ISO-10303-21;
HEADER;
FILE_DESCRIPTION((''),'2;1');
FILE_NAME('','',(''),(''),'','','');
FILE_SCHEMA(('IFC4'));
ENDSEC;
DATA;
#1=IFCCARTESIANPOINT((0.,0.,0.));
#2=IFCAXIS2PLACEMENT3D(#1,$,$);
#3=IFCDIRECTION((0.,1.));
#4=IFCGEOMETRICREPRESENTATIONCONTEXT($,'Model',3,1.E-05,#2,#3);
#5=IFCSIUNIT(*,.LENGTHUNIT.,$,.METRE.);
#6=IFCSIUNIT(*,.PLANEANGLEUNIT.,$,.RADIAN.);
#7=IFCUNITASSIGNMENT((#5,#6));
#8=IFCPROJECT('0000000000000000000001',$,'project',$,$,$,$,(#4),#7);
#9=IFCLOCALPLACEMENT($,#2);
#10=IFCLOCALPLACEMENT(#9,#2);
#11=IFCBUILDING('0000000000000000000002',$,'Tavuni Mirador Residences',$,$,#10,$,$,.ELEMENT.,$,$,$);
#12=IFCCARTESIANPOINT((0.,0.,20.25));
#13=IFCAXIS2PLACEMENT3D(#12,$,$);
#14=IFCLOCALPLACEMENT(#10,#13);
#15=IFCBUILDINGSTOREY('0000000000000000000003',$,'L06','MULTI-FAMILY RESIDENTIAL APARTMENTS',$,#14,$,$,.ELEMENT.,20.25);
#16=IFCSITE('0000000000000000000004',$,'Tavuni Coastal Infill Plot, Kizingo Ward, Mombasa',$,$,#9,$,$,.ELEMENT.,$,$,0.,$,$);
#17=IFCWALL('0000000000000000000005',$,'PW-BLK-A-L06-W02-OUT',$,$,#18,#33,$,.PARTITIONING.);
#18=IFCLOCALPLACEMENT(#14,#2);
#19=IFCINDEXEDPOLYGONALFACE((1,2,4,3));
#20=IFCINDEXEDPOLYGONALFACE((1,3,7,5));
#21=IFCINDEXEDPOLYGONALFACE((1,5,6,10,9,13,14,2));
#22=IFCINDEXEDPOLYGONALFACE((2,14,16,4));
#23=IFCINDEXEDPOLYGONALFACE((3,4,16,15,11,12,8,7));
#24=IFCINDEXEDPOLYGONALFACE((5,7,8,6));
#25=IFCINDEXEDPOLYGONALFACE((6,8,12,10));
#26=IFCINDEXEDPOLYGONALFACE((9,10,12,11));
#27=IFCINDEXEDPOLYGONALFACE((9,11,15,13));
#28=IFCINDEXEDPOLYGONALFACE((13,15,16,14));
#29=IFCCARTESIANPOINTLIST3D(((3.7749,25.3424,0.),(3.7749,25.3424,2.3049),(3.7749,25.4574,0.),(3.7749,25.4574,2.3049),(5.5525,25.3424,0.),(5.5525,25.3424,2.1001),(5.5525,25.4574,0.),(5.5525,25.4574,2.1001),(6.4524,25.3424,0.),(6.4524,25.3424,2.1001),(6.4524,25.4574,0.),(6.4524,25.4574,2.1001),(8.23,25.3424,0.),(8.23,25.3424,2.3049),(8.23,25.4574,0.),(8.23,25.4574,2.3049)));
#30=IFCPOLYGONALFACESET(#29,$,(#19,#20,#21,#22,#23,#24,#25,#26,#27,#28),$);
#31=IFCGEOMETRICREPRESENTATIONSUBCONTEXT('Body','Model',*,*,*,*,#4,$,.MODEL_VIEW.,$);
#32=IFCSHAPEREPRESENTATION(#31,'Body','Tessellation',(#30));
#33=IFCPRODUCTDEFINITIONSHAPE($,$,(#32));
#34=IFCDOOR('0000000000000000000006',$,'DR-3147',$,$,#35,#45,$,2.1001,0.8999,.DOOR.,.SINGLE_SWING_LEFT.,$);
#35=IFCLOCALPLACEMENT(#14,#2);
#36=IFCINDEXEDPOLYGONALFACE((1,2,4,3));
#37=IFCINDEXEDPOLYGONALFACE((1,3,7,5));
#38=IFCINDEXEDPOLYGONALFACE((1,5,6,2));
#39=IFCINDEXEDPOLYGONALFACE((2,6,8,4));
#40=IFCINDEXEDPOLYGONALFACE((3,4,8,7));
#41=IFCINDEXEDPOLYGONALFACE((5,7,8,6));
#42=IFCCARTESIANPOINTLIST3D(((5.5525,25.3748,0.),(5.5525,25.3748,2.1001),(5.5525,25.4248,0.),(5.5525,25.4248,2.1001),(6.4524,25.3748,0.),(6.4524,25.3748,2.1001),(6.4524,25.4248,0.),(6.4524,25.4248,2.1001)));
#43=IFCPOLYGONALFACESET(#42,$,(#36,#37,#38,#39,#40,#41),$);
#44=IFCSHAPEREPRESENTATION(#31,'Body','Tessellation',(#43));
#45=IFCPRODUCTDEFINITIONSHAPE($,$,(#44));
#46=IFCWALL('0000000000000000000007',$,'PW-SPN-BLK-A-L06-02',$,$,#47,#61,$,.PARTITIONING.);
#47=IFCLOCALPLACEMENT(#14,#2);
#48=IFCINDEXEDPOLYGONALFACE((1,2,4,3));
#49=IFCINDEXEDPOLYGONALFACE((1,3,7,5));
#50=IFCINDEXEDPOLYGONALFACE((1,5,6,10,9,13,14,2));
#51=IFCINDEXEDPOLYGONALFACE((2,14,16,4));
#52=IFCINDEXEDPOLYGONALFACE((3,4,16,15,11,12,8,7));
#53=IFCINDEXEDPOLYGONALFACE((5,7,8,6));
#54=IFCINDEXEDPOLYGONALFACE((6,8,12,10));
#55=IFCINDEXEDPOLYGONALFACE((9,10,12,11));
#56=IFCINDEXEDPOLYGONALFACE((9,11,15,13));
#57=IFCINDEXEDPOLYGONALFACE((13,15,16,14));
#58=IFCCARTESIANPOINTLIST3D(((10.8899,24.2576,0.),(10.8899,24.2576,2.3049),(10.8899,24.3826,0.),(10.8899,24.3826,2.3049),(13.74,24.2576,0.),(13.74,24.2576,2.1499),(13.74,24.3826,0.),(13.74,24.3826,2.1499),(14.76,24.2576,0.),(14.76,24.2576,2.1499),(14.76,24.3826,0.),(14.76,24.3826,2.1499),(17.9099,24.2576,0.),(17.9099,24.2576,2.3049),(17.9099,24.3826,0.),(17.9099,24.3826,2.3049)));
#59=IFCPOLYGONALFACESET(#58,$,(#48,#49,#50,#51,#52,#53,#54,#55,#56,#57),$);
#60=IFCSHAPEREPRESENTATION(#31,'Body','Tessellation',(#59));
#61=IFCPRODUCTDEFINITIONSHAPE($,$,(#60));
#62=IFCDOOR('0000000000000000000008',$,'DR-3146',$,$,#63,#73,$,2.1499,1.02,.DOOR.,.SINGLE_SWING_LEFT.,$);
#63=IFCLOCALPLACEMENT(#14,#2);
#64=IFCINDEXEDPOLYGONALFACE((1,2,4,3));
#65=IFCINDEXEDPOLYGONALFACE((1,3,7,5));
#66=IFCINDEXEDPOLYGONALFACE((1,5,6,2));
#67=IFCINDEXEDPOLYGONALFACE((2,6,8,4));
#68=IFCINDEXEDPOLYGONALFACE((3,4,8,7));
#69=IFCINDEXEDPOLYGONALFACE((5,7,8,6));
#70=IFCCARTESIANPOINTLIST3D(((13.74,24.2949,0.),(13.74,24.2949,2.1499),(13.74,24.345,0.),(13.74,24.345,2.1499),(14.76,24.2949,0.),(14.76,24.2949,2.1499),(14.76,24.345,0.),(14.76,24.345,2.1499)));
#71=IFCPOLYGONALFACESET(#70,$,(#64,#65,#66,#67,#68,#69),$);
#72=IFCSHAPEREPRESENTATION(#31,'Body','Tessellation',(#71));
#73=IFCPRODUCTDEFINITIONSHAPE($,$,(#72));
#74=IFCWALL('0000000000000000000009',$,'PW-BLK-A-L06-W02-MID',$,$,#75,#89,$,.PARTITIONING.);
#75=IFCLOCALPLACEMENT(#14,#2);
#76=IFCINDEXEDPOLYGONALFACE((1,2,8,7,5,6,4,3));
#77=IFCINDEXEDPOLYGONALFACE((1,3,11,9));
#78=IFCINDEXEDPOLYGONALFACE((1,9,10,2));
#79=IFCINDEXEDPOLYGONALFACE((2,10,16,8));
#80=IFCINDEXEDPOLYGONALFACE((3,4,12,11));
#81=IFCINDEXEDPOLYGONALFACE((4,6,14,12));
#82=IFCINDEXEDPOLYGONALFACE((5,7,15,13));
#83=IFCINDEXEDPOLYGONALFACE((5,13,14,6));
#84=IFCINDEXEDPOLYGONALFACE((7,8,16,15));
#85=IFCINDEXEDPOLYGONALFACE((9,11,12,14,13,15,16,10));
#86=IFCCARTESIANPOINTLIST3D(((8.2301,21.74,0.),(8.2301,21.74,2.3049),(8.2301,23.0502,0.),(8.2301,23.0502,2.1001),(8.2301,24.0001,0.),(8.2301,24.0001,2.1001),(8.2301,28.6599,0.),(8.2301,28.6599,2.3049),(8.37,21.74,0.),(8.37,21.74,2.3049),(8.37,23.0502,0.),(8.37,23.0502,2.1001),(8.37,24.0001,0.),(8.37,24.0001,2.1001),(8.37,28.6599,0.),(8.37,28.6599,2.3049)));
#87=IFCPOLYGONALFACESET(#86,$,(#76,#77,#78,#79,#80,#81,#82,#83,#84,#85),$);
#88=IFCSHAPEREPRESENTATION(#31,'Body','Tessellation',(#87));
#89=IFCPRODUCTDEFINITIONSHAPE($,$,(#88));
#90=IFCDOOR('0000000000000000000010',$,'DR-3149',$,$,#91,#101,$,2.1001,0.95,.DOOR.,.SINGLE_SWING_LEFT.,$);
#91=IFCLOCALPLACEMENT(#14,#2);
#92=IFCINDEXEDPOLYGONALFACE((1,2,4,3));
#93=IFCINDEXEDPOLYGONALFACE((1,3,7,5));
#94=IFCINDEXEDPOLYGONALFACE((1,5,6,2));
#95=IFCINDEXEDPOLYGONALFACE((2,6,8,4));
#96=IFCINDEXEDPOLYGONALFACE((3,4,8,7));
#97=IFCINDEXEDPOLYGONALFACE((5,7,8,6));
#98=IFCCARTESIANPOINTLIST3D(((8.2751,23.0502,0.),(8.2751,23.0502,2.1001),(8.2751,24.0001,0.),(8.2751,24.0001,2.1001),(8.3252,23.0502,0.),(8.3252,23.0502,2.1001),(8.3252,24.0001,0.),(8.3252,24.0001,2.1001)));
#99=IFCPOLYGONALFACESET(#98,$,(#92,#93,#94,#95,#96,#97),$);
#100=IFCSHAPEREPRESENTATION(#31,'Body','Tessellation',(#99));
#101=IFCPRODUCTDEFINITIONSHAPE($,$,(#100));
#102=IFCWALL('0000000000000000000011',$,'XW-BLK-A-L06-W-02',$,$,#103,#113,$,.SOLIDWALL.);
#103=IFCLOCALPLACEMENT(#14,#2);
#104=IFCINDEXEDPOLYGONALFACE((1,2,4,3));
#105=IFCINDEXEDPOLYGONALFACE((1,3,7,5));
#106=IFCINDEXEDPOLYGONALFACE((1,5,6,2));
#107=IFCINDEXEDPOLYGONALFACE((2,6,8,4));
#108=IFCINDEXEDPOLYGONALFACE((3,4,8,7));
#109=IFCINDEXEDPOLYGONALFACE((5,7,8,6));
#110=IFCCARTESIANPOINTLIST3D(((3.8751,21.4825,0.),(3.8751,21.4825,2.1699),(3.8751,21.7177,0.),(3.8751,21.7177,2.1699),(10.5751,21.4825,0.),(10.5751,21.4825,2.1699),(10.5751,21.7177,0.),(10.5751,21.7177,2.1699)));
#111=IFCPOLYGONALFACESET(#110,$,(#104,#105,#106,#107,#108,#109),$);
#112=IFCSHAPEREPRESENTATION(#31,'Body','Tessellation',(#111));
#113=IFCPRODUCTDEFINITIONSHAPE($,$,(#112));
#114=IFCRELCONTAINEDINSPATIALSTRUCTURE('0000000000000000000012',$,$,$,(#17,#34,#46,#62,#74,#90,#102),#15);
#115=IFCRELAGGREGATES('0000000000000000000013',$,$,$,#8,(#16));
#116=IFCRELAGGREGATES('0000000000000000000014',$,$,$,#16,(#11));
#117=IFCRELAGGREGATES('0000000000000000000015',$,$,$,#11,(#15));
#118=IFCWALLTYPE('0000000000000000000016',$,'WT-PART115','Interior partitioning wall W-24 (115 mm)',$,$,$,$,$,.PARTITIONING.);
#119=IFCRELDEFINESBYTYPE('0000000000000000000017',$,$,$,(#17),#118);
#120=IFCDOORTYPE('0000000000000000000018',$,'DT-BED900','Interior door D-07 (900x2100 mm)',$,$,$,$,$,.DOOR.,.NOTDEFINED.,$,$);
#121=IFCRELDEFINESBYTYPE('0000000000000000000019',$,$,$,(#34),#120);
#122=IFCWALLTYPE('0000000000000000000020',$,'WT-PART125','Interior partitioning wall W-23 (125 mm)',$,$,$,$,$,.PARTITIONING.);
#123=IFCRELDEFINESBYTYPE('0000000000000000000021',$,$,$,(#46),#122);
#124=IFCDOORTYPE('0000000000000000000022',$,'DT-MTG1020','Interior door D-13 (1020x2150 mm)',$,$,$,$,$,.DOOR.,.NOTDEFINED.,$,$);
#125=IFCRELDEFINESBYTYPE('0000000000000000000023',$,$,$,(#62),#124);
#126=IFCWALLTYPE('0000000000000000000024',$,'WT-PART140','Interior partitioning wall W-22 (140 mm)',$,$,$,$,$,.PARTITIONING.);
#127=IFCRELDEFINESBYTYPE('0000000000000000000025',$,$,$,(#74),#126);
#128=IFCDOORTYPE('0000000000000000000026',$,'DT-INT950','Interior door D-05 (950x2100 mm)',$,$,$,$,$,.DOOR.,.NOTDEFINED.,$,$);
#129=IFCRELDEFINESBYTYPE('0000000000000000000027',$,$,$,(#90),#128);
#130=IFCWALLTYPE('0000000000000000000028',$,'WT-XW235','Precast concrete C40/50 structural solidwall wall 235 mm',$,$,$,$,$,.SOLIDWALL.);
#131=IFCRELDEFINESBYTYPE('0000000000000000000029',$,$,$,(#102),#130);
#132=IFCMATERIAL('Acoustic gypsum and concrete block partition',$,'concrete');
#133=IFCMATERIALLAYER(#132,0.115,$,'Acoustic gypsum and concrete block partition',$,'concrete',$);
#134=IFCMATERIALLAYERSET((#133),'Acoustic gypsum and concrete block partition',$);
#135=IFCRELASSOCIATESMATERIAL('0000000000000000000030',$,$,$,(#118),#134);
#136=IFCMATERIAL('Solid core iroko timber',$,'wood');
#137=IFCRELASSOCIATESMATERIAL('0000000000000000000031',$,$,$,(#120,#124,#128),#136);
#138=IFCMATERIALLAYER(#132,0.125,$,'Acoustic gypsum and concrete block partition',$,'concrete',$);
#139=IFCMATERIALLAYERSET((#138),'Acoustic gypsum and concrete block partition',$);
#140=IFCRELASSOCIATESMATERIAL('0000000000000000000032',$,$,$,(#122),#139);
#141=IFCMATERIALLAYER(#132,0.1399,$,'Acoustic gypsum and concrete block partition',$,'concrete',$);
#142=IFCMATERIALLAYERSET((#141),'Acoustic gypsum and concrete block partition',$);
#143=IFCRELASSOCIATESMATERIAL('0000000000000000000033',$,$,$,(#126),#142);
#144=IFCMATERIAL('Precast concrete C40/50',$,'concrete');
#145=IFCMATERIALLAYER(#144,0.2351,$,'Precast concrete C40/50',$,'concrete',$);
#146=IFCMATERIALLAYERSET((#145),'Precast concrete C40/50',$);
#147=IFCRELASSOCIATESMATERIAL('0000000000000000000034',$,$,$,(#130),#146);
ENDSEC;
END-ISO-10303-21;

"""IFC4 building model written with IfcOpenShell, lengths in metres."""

from ifc_helpers import new_model, si_unit, direction, frame, frame_2d, origin, place, context, subcontext, project, spatial, rectangle, extrude, material, layer, layer_set, type_object, element, fill, save


model = new_model("IFC4")

# Units and contexts
model_context = context("Model", 3, precision=1e-05, world=origin(), true_north=direction((0.0, 1.0)))
body_context = subcontext(model_context, "Body", "Model", "MODEL_VIEW")
ifc_project = project(units=[si_unit("LENGTHUNIT", "METRE"), si_unit("PLANEANGLEUNIT", "RADIAN")], contexts=[model_context])

# Site, building, storey
site_placement = place(None, origin())
site = spatial("IfcSite", under=ifc_project, at=site_placement, Name="Tavuni Coastal Infill Plot, Kizingo Ward, Mombasa", CompositionType="ELEMENT", RefElevation=0.0)
building_placement = place(site_placement, origin())
building = spatial("IfcBuilding", under=site, at=building_placement, Name="Tavuni Mirador Residences", CompositionType="ELEMENT")
storey_placement = place(building_placement, frame((0.0, 0.0, 20.25)))
storey = spatial("IfcBuildingStorey", under=building, at=storey_placement, Name="L06", Description="MULTI-FAMILY RESIDENTIAL APARTMENTS", CompositionType="ELEMENT", Elevation=20.25)

# Shared definitions
ifc_material_1 = material(Name="Precast concrete C40/50", Category="concrete")

# Shared definitions
ifc_material_2 = material(Name="Solid core iroko timber", Category="wood")

# Walls, openings, doors
ifc_material_3 = material(Name="Acoustic gypsum and concrete block partition", Category="concrete")
ifc_layer_1 = layer(ifc_material_3, 0.115, Name="Acoustic gypsum and concrete block partition", Category="concrete")
ifc_layer_set_1 = layer_set([ifc_layer_1], Name="Acoustic gypsum and concrete block partition")
wall_type_1 = type_object("IfcWallType", Name="WT-PART115", Description="Interior partitioning wall W-24 (115 mm)", PredefinedType="PARTITIONING", material=ifc_layer_set_1)
wall_1_placement = place(storey_placement, frame((3.7749, 25.3999, 0.0), z_axis=(0.0, 0.0, 1.0), x_axis=(1.0, 0.0, 0.0)))
wall_1 = element("IfcWall", 1, at=wall_1_placement, inside=storey, type_object=wall_type_1, Name="PW-BLK-A-L06-W02-OUT", PredefinedType="PARTITIONING", context=body_context, shape_type="SweptSolid", body=[
    extrude(rectangle(XDim=4.4551, YDim=0.115, at=frame_2d((2.2275, 0.0))), origin(), (0.0, 0.0, 1.0), 2.3049),
])
opening_1_placement = place(wall_1_placement, frame((1.7776, 0.0, 0.0)))
opening_1 = element("IfcOpeningElement", 2, at=opening_1_placement, cuts=wall_1, PredefinedType="OPENING", context=body_context, shape_type="SweptSolid", body=[
    extrude(rectangle(XDim=0.8999, YDim=2.1001, at=frame_2d((0.45, 1.05))), frame((0.0, 0.0674, 0.0), z_axis=(0.0, -1.0, 0.0), x_axis=(1.0, 0.0, 0.0)), (0.0, 0.0, 1.0), 0.135),
])
door_type_1 = type_object("IfcDoorType", Name="DT-BED900", Description="Interior door D-07 (900x2100 mm)", OperationType="NOTDEFINED", PredefinedType="DOOR", material=ifc_material_2)
door_1_placement = place(opening_1_placement, origin())
door_1 = element("IfcDoor", 3, at=door_1_placement, inside=storey, type_object=door_type_1, Name="DR-3147", OperationType="SINGLE_SWING_LEFT", OverallHeight=2.1001, OverallWidth=0.8999, PredefinedType="DOOR", context=body_context, shape_type="SweptSolid", body=[
    extrude(rectangle(XDim=0.8999, YDim=2.1001, at=frame_2d((0.45, 1.05))), frame((0.0, 0.0249, 0.0), z_axis=(0.0, -1.0, 0.0), x_axis=(1.0, 0.0, 0.0)), (0.0, 0.0, 1.0), 0.05),
])
fill(opening_1, door_1)
ifc_layer_2 = layer(ifc_material_3, 0.125, Name="Acoustic gypsum and concrete block partition", Category="concrete")
ifc_layer_set_2 = layer_set([ifc_layer_2], Name="Acoustic gypsum and concrete block partition")
wall_type_2 = type_object("IfcWallType", Name="WT-PART125", Description="Interior partitioning wall W-23 (125 mm)", PredefinedType="PARTITIONING", material=ifc_layer_set_2)
wall_2_placement = place(storey_placement, frame((10.8899, 24.3201, 0.0), z_axis=(0.0, 0.0, 1.0), x_axis=(1.0, 0.0, 0.0)))
wall_2 = element("IfcWall", 4, at=wall_2_placement, inside=storey, type_object=wall_type_2, Name="PW-SPN-BLK-A-L06-02", PredefinedType="PARTITIONING", context=body_context, shape_type="SweptSolid", body=[
    extrude(rectangle(XDim=7.02, YDim=0.125, at=frame_2d((3.51, 0.0))), origin(), (0.0, 0.0, 1.0), 2.3049),
])
opening_2_placement = place(wall_2_placement, frame((2.8501, 0.0, 0.0)))
opening_2 = element("IfcOpeningElement", 5, at=opening_2_placement, cuts=wall_2, PredefinedType="OPENING", context=body_context, shape_type="SweptSolid", body=[
    extrude(rectangle(XDim=1.02, YDim=2.1499, at=frame_2d((0.51, 1.075))), frame((0.0, 0.0725, 0.0), z_axis=(0.0, -1.0, 0.0), x_axis=(1.0, 0.0, 0.0)), (0.0, 0.0, 1.0), 0.145),
])
door_type_2 = type_object("IfcDoorType", Name="DT-MTG1020", Description="Interior door D-13 (1020x2150 mm)", OperationType="NOTDEFINED", PredefinedType="DOOR", material=ifc_material_2)
door_2_placement = place(opening_2_placement, origin())
door_2 = element("IfcDoor", 6, at=door_2_placement, inside=storey, type_object=door_type_2, Name="DR-3146", OperationType="SINGLE_SWING_LEFT", OverallHeight=2.1499, OverallWidth=1.02, PredefinedType="DOOR", context=body_context, shape_type="SweptSolid", body=[
    extrude(rectangle(XDim=1.02, YDim=2.1499, at=frame_2d((0.51, 1.075))), frame((0.0, 0.0249, 0.0), z_axis=(0.0, -1.0, 0.0), x_axis=(1.0, 0.0, 0.0)), (0.0, 0.0, 1.0), 0.05),
])
fill(opening_2, door_2)
ifc_layer_3 = layer(ifc_material_3, 0.1399, Name="Acoustic gypsum and concrete block partition", Category="concrete")
ifc_layer_set_3 = layer_set([ifc_layer_3], Name="Acoustic gypsum and concrete block partition")
wall_type_3 = type_object("IfcWallType", Name="WT-PART140", Description="Interior partitioning wall W-22 (140 mm)", PredefinedType="PARTITIONING", material=ifc_layer_set_3)
wall_3_placement = place(storey_placement, frame((8.3, 21.74, 0.0), z_axis=(0.0, 0.0, 1.0), x_axis=(0.0, 1.0, 0.0)))
wall_3 = element("IfcWall", 7, at=wall_3_placement, inside=storey, type_object=wall_type_3, Name="PW-BLK-A-L06-W02-MID", PredefinedType="PARTITIONING", context=body_context, shape_type="SweptSolid", body=[
    extrude(rectangle(XDim=6.9199, YDim=0.1399, at=frame_2d((3.46, 0.0))), origin(), (0.0, 0.0, 1.0), 2.3049),
])
opening_3_placement = place(wall_3_placement, frame((1.3101, 0.0, 0.0)))
opening_3 = element("IfcOpeningElement", 8, at=opening_3_placement, cuts=wall_3, PredefinedType="OPENING", context=body_context, shape_type="SweptSolid", body=[
    extrude(rectangle(XDim=0.95, YDim=2.1001, at=frame_2d((0.4751, 1.05))), frame((0.0, 0.0801, 0.0), z_axis=(0.0, -1.0, 0.0), x_axis=(1.0, 0.0, 0.0)), (0.0, 0.0, 1.0), 0.1599),
])
door_type_3 = type_object("IfcDoorType", Name="DT-INT950", Description="Interior door D-05 (950x2100 mm)", OperationType="NOTDEFINED", PredefinedType="DOOR", material=ifc_material_2)
door_3_placement = place(opening_3_placement, origin())
door_3 = element("IfcDoor", 9, at=door_3_placement, inside=storey, type_object=door_type_3, Name="DR-3149", OperationType="SINGLE_SWING_LEFT", OverallHeight=2.1001, OverallWidth=0.95, PredefinedType="DOOR", context=body_context, shape_type="SweptSolid", body=[
    extrude(rectangle(XDim=0.95, YDim=2.1001, at=frame_2d((0.4751, 1.05))), frame((0.0, 0.0249, 0.0), z_axis=(0.0, -1.0, 0.0), x_axis=(1.0, 0.0, 0.0)), (0.0, 0.0, 1.0), 0.05),
])
fill(opening_3, door_3)

# Wall
ifc_layer_4 = layer(ifc_material_1, 0.2351, Name="Precast concrete C40/50", Category="concrete")
ifc_layer_set_4 = layer_set([ifc_layer_4], Name="Precast concrete C40/50")
wall_type_4 = type_object("IfcWallType", Name="WT-XW235", Description="Precast concrete C40/50 structural solidwall wall 235 mm", PredefinedType="SOLIDWALL", material=ifc_layer_set_4)
wall_4_placement = place(storey_placement, frame((3.875, 21.6001, 0.0), z_axis=(0.0, 0.0, 1.0), x_axis=(1.0, 0.0, 0.0)))
element("IfcWall", 10, at=wall_4_placement, inside=storey, type_object=wall_type_4, Name="XW-BLK-A-L06-W-02", PredefinedType="SOLIDWALL", context=body_context, shape_type="SweptSolid", body=[
    extrude(rectangle(XDim=6.7, YDim=0.2351, at=frame_2d((3.3501, 0.0))), origin(), (0.0, 0.0, 1.0), 2.1699),
])

save(model, "model.ifc")
